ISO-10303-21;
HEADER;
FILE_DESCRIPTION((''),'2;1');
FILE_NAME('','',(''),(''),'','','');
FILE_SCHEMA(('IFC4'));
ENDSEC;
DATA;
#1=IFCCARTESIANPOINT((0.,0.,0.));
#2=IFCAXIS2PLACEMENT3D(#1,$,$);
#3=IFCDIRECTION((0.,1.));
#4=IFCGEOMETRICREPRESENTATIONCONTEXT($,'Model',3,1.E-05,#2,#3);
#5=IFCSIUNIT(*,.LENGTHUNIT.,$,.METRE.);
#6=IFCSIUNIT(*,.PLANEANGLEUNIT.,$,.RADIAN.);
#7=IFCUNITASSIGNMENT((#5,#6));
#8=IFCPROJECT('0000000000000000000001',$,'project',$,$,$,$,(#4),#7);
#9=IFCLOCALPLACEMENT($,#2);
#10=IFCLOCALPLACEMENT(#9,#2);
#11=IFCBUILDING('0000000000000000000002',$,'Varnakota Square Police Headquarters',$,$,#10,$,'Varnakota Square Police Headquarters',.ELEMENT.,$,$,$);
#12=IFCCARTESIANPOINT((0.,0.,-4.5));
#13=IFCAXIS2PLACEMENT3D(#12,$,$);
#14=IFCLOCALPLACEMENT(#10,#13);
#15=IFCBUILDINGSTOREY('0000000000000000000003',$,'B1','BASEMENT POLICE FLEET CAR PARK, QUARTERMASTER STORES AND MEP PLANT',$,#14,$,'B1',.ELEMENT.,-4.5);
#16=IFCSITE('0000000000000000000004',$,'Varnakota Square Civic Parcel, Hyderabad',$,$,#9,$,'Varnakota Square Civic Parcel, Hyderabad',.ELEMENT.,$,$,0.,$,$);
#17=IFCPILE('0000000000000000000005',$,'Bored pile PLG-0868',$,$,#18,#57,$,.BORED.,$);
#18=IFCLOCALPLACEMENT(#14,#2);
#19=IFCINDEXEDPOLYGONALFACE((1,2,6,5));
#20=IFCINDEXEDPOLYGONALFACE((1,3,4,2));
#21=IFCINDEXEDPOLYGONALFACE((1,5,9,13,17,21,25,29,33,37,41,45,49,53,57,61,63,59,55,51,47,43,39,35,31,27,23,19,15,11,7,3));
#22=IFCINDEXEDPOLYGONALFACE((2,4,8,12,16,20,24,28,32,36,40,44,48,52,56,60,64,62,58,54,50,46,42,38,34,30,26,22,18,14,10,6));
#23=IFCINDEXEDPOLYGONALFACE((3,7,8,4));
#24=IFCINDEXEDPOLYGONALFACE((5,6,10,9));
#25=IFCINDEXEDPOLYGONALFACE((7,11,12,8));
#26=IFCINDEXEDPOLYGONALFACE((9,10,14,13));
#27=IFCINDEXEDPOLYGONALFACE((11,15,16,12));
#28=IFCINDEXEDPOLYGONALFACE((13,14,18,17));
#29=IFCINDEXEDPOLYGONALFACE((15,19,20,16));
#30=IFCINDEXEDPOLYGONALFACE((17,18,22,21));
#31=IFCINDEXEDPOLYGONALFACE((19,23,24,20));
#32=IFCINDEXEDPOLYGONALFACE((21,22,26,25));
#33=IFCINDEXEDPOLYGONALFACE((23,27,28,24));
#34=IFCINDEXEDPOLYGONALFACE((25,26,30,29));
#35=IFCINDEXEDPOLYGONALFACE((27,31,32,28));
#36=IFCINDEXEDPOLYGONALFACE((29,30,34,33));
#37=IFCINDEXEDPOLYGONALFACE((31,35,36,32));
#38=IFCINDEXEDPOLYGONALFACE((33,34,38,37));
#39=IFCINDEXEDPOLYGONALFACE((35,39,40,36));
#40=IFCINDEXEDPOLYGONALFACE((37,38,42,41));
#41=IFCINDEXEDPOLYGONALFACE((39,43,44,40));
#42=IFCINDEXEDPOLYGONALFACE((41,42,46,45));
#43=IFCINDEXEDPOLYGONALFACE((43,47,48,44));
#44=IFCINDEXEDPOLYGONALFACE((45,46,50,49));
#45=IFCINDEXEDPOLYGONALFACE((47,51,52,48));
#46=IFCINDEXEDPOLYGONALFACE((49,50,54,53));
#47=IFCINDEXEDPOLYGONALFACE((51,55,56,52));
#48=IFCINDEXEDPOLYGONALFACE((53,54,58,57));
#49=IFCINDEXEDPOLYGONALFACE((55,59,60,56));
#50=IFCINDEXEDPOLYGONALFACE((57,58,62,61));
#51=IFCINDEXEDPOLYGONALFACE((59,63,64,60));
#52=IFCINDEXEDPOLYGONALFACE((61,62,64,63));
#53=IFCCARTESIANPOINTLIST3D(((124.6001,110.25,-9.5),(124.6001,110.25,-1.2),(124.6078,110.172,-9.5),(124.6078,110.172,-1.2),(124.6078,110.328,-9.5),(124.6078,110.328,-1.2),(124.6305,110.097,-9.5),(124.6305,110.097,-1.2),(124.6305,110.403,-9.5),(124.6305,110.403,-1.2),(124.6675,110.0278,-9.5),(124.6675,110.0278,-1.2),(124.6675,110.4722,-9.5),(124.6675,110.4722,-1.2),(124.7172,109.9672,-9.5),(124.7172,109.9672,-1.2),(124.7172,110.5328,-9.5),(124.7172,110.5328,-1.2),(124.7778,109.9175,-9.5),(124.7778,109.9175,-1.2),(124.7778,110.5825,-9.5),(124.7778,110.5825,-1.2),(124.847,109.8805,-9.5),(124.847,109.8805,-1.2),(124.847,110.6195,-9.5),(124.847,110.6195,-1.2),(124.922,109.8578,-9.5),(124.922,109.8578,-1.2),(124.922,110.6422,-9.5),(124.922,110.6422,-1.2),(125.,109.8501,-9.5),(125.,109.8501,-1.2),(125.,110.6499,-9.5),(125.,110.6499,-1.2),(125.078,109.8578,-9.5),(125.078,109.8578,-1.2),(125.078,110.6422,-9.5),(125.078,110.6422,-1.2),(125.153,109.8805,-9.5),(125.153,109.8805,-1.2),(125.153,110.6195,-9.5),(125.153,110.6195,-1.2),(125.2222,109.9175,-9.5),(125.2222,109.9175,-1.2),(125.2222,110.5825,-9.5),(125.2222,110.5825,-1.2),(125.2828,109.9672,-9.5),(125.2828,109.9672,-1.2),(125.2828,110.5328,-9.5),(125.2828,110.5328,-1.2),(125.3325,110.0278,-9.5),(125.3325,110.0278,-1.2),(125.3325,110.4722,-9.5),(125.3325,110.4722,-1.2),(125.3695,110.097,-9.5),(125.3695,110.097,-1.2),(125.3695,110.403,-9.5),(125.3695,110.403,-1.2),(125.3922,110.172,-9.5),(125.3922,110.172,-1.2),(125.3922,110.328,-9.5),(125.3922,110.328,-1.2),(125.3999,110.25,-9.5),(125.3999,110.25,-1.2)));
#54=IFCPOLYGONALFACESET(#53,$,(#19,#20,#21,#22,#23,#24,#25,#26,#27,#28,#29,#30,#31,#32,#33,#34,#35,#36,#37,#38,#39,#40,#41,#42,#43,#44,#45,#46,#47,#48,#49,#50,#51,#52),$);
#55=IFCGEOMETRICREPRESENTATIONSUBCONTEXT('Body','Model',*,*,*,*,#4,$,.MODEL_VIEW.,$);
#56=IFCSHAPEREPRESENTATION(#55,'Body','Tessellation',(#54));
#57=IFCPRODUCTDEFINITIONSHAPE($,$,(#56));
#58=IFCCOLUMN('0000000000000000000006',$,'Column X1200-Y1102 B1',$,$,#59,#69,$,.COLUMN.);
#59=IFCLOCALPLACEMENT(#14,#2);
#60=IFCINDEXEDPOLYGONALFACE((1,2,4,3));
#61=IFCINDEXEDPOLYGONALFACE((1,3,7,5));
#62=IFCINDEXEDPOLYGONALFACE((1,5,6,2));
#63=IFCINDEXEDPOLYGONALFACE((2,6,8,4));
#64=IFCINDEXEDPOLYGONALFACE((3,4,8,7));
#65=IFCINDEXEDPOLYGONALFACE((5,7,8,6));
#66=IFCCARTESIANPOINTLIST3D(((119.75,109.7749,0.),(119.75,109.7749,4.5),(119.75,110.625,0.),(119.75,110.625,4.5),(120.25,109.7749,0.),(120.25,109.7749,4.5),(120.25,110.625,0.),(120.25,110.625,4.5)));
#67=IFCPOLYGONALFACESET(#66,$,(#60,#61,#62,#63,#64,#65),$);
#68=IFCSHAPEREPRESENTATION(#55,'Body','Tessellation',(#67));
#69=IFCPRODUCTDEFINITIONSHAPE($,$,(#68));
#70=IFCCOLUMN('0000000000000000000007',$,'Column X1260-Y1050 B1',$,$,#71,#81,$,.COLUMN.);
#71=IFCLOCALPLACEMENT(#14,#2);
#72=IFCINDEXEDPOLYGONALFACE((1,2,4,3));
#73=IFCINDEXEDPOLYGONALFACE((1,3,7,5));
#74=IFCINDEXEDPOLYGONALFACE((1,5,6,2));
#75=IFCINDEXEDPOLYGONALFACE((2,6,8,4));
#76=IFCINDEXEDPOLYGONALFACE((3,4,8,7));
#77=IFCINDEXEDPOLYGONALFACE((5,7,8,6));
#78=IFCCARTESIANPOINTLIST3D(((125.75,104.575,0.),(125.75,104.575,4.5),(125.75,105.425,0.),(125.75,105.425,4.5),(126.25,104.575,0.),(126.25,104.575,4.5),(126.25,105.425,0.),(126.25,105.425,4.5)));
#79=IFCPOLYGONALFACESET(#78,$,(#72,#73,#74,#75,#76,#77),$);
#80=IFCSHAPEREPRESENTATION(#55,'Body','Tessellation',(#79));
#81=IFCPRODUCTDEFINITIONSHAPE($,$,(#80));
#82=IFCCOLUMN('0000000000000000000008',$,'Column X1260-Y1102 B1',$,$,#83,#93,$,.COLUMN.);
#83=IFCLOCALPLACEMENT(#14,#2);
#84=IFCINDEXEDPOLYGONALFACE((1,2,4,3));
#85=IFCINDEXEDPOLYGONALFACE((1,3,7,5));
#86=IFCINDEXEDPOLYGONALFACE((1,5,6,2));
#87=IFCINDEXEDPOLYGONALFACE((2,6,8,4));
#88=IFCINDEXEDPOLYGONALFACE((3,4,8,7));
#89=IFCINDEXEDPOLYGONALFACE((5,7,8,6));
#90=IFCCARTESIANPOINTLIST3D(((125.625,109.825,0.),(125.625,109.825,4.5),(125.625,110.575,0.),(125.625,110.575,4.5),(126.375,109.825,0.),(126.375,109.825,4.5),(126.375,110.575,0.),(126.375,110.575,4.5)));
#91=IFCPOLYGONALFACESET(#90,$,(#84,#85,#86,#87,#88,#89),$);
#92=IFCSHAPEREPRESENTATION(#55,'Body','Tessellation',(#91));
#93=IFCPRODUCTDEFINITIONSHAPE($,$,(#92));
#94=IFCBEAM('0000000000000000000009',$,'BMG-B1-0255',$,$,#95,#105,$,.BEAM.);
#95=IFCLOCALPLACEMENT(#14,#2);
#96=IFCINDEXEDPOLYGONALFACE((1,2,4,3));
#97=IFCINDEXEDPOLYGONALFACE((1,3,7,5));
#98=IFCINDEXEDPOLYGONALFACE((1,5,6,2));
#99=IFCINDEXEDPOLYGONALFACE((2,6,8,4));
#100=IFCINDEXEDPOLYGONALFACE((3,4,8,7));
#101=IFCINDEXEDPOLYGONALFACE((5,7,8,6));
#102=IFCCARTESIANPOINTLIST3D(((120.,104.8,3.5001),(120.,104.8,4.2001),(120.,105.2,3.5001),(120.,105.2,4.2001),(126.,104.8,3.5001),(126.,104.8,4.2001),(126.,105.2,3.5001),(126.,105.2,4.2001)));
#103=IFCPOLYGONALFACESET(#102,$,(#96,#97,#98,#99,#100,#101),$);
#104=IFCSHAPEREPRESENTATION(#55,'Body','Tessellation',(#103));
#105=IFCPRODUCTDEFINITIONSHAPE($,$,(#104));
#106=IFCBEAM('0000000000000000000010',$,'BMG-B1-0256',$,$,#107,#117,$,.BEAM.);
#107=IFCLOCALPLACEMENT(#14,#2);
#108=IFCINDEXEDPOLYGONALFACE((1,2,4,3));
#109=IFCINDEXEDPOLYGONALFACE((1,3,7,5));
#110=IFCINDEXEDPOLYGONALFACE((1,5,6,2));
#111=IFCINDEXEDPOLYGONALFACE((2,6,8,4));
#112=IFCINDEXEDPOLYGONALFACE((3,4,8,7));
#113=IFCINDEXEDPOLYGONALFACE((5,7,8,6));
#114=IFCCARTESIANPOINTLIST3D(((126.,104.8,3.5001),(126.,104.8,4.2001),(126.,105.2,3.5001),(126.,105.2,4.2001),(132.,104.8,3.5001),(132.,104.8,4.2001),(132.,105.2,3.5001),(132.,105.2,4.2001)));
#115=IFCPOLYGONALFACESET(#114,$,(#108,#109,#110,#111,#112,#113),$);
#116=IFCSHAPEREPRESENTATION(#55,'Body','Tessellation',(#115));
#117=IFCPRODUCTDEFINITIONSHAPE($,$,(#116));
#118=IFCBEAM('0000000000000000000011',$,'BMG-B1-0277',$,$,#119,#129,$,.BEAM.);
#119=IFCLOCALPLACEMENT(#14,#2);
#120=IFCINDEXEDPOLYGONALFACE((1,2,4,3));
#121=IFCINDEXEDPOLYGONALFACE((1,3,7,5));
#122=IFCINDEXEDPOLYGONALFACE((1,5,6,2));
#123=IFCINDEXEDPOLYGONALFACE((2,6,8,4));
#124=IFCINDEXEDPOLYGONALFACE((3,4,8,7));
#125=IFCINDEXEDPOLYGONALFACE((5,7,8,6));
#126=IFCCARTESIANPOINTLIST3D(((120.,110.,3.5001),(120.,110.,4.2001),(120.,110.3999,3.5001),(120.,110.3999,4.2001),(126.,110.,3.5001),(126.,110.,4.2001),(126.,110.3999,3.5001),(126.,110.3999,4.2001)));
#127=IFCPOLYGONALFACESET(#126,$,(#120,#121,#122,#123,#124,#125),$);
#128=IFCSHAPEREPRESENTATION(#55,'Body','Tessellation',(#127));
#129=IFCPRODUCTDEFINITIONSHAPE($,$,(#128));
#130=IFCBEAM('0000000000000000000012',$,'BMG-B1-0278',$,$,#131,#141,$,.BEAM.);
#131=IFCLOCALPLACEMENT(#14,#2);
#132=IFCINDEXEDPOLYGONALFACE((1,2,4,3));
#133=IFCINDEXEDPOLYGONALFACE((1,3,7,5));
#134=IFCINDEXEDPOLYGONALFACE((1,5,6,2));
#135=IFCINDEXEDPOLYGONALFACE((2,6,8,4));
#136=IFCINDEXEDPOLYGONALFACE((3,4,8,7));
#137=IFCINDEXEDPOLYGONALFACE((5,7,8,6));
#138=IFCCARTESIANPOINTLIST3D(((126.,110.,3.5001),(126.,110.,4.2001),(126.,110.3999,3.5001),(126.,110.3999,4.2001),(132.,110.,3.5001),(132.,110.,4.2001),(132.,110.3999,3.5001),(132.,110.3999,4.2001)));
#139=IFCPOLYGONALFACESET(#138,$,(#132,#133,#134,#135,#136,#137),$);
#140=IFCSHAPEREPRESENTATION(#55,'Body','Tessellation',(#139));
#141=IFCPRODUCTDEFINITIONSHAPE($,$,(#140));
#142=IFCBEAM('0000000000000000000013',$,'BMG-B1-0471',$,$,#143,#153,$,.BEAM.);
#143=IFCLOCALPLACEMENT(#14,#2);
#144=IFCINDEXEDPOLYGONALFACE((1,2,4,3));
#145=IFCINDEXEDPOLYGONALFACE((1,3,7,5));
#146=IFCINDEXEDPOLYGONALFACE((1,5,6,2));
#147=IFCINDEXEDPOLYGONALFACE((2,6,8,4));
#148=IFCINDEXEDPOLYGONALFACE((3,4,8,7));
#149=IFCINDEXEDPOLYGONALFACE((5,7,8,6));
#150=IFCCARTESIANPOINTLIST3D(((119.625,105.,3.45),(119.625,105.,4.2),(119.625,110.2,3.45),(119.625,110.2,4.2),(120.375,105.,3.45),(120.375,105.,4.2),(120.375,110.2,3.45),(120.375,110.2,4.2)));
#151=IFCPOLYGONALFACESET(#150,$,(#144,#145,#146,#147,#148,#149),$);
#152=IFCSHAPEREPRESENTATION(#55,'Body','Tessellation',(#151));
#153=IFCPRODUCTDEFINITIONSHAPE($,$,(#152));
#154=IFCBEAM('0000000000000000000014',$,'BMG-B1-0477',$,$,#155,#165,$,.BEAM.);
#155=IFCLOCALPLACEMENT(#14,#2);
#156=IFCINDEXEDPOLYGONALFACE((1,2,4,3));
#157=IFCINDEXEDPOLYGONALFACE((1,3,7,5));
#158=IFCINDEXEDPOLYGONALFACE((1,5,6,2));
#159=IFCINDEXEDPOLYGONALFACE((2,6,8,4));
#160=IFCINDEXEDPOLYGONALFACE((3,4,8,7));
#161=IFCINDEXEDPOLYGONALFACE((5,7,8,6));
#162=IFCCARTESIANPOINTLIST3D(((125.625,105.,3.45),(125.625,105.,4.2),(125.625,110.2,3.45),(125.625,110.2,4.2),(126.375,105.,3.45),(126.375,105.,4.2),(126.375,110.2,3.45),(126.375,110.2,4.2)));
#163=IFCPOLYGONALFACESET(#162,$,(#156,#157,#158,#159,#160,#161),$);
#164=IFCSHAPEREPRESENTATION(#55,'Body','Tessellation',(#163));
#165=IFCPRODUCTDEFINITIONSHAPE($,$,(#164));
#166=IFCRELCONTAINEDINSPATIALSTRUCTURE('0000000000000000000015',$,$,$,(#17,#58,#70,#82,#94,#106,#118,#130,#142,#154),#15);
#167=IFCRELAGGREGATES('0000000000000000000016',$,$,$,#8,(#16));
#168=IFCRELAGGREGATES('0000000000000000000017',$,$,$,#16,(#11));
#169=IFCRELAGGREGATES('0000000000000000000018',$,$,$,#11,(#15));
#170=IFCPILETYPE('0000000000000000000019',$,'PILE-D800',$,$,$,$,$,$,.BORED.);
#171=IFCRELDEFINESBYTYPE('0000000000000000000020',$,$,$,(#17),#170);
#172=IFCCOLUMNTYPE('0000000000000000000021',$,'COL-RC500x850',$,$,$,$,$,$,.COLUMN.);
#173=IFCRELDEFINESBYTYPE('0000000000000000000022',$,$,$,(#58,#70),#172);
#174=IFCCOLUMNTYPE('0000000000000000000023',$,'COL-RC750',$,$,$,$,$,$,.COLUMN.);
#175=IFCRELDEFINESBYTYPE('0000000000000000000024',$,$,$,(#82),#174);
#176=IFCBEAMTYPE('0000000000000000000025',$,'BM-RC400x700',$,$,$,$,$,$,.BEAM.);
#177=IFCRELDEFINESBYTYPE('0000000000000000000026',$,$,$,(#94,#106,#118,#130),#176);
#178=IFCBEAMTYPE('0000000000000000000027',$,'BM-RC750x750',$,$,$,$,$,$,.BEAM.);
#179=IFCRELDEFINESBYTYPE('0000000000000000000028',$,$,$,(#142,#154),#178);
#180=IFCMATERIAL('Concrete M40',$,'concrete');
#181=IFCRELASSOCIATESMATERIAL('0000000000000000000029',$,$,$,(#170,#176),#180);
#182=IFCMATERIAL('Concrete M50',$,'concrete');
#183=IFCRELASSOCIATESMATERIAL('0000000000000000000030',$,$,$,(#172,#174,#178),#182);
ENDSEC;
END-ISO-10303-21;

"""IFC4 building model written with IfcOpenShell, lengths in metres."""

from ifc_helpers import new_model, si_unit, direction, frame, origin, origin_2d, place, context, subcontext, project, spatial, rectangle, circle, extrude, material, material_profile, profile_set, type_object, element, save


model = new_model("IFC4")

# Units and contexts
model_context = context("Model", 3, precision=1e-05, world=origin(), true_north=direction((0.0, 1.0)))
body_context = subcontext(model_context, "Body", "Model", "MODEL_VIEW")
ifc_project = project(units=[si_unit("LENGTHUNIT", "METRE"), si_unit("PLANEANGLEUNIT", "RADIAN")], contexts=[model_context])

# Site, building, storey
site_placement = place(None, origin())
site = spatial("IfcSite", under=ifc_project, at=site_placement, Name="Varnakota Square Civic Parcel, Hyderabad", LongName="Varnakota Square Civic Parcel, Hyderabad", CompositionType="ELEMENT", RefElevation=0.0)
building_placement = place(site_placement, origin())
building = spatial("IfcBuilding", under=site, at=building_placement, Name="Varnakota Square Police Headquarters", LongName="Varnakota Square Police Headquarters", CompositionType="ELEMENT")
storey_placement = place(building_placement, frame((0.0, 0.0, -4.5)))
storey = spatial("IfcBuildingStorey", under=building, at=storey_placement, Name="B1", Description="BASEMENT POLICE FLEET CAR PARK, QUARTERMASTER STORES AND MEP PLANT", LongName="B1", CompositionType="ELEMENT", Elevation=-4.5)

# Shared definitions
ifc_material_1 = material(Name="Concrete M40", Category="concrete")

# Pile
ifc_material_profile_1 = material_profile(ifc_material_1, circle(Radius=0.3999, at=origin_2d()), Name="BORED PILE 800")
ifc_profile_set_1 = profile_set([ifc_material_profile_1], Name="Concrete M40")
pile_type = type_object("IfcPileType", Name="PILE-D800", PredefinedType="BORED", material=ifc_profile_set_1)
for number, where, z_axis, x_axis, name in (
    (1, (125.0, 110.25, -1.2), (0.0, 0.0, -1.0), (1.0, 0.0, 0.0), "Bored pile PLG-0868"),
):
    element("IfcPile", number, at=place(storey_placement, frame(where, z_axis=z_axis, x_axis=x_axis)), inside=storey, type_object=pile_type, Name=name, PredefinedType="BORED", context=body_context, shape_type="SweptSolid", body=[
        extrude(circle(Radius=0.3999, at=origin_2d()), origin(), (0.0, 0.0, 1.0), 8.3),
    ])

# Columns
ifc_material_2 = material(Name="Concrete M50", Category="concrete")
ifc_material_profile_2 = material_profile(ifc_material_2, rectangle(XDim=0.5, YDim=0.8501, at=origin_2d()), Name="RC 500x850")
ifc_profile_set_2 = profile_set([ifc_material_profile_2], Name="Concrete M50")
column_type_1 = type_object("IfcColumnType", Name="COL-RC500x850", PredefinedType="COLUMN", material=ifc_profile_set_2)
for number, where, z_axis, x_axis, name in (
    (2, (120.0, 110.2, 0.0), (0.0, 0.0, 1.0), (1.0, 0.0, 0.0), "Column X1200-Y1102 B1"),
    (3, (126.0, 105.0, 0.0), (0.0, 0.0, 1.0), (1.0, 0.0, 0.0), "Column X1260-Y1050 B1"),
):
    element("IfcColumn", number, at=place(storey_placement, frame(where, z_axis=z_axis, x_axis=x_axis)), inside=storey, type_object=column_type_1, Name=name, PredefinedType="COLUMN", context=body_context, shape_type="SweptSolid", body=[
        extrude(rectangle(XDim=0.5, YDim=0.8501, at=origin_2d()), origin(), (0.0, 0.0, 1.0), 4.5),
    ])
ifc_material_profile_3 = material_profile(ifc_material_2, rectangle(XDim=0.75, YDim=0.75, at=origin_2d()), Name="RC 750x750")
ifc_profile_set_3 = profile_set([ifc_material_profile_3], Name="Concrete M50")
column_type_2 = type_object("IfcColumnType", Name="COL-RC750", PredefinedType="COLUMN", material=ifc_profile_set_3)
column_placement = place(storey_placement, frame((126.0, 110.2, 0.0), z_axis=(0.0, 0.0, 1.0), x_axis=(1.0, 0.0, 0.0)))
element("IfcColumn", 4, at=column_placement, inside=storey, type_object=column_type_2, Name="Column X1260-Y1102 B1", PredefinedType="COLUMN", context=body_context, shape_type="SweptSolid", body=[
    extrude(rectangle(XDim=0.75, YDim=0.75, at=origin_2d()), origin(), (0.0, 0.0, 1.0), 4.5),
])

# Beams
ifc_material_profile_4 = material_profile(ifc_material_1, rectangle(XDim=0.3999, YDim=0.7, at=origin_2d()), Name="RC 400x700")
ifc_profile_set_4 = profile_set([ifc_material_profile_4], Name="Concrete M40")
beam_type_1 = type_object("IfcBeamType", Name="BM-RC400x700", PredefinedType="BEAM", material=ifc_profile_set_4)
for number, where, z_axis, x_axis, name in (
    (5, (120.0, 105.0, 3.8501), (1.0, 0.0, 0.0), (0.0, 1.0, 0.0), "BMG-B1-0255"),
    (6, (126.0, 105.0, 3.8501), (1.0, 0.0, 0.0), (0.0, 1.0, 0.0), "BMG-B1-0256"),
    (7, (120.0, 110.2, 3.8501), (1.0, 0.0, 0.0), (0.0, 1.0, 0.0), "BMG-B1-0277"),
    (8, (126.0, 110.2, 3.8501), (1.0, 0.0, 0.0), (0.0, 1.0, 0.0), "BMG-B1-0278"),
):
    element("IfcBeam", number, at=place(storey_placement, frame(where, z_axis=z_axis, x_axis=x_axis)), inside=storey, type_object=beam_type_1, Name=name, PredefinedType="BEAM", context=body_context, shape_type="SweptSolid", body=[
        extrude(rectangle(XDim=0.3999, YDim=0.7, at=origin_2d()), origin(), (0.0, 0.0, 1.0), 6.0),
    ])
ifc_material_profile_5 = material_profile(ifc_material_2, rectangle(XDim=0.75, YDim=0.75, at=origin_2d()), Name="RC 750x750")
ifc_profile_set_5 = profile_set([ifc_material_profile_5], Name="Concrete M50")
beam_type_2 = type_object("IfcBeamType", Name="BM-RC750x750", PredefinedType="BEAM", material=ifc_profile_set_5)
for number, where, z_axis, x_axis, name in (
    (9, (120.0, 105.0, 3.825), (0.0, 1.0, 0.0), (-1.0, 0.0, 0.0), "BMG-B1-0471"),
    (10, (126.0, 105.0, 3.825), (0.0, 1.0, 0.0), (-1.0, 0.0, 0.0), "BMG-B1-0477"),
):
    element("IfcBeam", number, at=place(storey_placement, frame(where, z_axis=z_axis, x_axis=x_axis)), inside=storey, type_object=beam_type_2, Name=name, PredefinedType="BEAM", context=body_context, shape_type="SweptSolid", body=[
        extrude(rectangle(XDim=0.75, YDim=0.75, at=origin_2d()), origin(), (0.0, 0.0, 1.0), 5.2),
    ])

save(model, "model.ifc")
